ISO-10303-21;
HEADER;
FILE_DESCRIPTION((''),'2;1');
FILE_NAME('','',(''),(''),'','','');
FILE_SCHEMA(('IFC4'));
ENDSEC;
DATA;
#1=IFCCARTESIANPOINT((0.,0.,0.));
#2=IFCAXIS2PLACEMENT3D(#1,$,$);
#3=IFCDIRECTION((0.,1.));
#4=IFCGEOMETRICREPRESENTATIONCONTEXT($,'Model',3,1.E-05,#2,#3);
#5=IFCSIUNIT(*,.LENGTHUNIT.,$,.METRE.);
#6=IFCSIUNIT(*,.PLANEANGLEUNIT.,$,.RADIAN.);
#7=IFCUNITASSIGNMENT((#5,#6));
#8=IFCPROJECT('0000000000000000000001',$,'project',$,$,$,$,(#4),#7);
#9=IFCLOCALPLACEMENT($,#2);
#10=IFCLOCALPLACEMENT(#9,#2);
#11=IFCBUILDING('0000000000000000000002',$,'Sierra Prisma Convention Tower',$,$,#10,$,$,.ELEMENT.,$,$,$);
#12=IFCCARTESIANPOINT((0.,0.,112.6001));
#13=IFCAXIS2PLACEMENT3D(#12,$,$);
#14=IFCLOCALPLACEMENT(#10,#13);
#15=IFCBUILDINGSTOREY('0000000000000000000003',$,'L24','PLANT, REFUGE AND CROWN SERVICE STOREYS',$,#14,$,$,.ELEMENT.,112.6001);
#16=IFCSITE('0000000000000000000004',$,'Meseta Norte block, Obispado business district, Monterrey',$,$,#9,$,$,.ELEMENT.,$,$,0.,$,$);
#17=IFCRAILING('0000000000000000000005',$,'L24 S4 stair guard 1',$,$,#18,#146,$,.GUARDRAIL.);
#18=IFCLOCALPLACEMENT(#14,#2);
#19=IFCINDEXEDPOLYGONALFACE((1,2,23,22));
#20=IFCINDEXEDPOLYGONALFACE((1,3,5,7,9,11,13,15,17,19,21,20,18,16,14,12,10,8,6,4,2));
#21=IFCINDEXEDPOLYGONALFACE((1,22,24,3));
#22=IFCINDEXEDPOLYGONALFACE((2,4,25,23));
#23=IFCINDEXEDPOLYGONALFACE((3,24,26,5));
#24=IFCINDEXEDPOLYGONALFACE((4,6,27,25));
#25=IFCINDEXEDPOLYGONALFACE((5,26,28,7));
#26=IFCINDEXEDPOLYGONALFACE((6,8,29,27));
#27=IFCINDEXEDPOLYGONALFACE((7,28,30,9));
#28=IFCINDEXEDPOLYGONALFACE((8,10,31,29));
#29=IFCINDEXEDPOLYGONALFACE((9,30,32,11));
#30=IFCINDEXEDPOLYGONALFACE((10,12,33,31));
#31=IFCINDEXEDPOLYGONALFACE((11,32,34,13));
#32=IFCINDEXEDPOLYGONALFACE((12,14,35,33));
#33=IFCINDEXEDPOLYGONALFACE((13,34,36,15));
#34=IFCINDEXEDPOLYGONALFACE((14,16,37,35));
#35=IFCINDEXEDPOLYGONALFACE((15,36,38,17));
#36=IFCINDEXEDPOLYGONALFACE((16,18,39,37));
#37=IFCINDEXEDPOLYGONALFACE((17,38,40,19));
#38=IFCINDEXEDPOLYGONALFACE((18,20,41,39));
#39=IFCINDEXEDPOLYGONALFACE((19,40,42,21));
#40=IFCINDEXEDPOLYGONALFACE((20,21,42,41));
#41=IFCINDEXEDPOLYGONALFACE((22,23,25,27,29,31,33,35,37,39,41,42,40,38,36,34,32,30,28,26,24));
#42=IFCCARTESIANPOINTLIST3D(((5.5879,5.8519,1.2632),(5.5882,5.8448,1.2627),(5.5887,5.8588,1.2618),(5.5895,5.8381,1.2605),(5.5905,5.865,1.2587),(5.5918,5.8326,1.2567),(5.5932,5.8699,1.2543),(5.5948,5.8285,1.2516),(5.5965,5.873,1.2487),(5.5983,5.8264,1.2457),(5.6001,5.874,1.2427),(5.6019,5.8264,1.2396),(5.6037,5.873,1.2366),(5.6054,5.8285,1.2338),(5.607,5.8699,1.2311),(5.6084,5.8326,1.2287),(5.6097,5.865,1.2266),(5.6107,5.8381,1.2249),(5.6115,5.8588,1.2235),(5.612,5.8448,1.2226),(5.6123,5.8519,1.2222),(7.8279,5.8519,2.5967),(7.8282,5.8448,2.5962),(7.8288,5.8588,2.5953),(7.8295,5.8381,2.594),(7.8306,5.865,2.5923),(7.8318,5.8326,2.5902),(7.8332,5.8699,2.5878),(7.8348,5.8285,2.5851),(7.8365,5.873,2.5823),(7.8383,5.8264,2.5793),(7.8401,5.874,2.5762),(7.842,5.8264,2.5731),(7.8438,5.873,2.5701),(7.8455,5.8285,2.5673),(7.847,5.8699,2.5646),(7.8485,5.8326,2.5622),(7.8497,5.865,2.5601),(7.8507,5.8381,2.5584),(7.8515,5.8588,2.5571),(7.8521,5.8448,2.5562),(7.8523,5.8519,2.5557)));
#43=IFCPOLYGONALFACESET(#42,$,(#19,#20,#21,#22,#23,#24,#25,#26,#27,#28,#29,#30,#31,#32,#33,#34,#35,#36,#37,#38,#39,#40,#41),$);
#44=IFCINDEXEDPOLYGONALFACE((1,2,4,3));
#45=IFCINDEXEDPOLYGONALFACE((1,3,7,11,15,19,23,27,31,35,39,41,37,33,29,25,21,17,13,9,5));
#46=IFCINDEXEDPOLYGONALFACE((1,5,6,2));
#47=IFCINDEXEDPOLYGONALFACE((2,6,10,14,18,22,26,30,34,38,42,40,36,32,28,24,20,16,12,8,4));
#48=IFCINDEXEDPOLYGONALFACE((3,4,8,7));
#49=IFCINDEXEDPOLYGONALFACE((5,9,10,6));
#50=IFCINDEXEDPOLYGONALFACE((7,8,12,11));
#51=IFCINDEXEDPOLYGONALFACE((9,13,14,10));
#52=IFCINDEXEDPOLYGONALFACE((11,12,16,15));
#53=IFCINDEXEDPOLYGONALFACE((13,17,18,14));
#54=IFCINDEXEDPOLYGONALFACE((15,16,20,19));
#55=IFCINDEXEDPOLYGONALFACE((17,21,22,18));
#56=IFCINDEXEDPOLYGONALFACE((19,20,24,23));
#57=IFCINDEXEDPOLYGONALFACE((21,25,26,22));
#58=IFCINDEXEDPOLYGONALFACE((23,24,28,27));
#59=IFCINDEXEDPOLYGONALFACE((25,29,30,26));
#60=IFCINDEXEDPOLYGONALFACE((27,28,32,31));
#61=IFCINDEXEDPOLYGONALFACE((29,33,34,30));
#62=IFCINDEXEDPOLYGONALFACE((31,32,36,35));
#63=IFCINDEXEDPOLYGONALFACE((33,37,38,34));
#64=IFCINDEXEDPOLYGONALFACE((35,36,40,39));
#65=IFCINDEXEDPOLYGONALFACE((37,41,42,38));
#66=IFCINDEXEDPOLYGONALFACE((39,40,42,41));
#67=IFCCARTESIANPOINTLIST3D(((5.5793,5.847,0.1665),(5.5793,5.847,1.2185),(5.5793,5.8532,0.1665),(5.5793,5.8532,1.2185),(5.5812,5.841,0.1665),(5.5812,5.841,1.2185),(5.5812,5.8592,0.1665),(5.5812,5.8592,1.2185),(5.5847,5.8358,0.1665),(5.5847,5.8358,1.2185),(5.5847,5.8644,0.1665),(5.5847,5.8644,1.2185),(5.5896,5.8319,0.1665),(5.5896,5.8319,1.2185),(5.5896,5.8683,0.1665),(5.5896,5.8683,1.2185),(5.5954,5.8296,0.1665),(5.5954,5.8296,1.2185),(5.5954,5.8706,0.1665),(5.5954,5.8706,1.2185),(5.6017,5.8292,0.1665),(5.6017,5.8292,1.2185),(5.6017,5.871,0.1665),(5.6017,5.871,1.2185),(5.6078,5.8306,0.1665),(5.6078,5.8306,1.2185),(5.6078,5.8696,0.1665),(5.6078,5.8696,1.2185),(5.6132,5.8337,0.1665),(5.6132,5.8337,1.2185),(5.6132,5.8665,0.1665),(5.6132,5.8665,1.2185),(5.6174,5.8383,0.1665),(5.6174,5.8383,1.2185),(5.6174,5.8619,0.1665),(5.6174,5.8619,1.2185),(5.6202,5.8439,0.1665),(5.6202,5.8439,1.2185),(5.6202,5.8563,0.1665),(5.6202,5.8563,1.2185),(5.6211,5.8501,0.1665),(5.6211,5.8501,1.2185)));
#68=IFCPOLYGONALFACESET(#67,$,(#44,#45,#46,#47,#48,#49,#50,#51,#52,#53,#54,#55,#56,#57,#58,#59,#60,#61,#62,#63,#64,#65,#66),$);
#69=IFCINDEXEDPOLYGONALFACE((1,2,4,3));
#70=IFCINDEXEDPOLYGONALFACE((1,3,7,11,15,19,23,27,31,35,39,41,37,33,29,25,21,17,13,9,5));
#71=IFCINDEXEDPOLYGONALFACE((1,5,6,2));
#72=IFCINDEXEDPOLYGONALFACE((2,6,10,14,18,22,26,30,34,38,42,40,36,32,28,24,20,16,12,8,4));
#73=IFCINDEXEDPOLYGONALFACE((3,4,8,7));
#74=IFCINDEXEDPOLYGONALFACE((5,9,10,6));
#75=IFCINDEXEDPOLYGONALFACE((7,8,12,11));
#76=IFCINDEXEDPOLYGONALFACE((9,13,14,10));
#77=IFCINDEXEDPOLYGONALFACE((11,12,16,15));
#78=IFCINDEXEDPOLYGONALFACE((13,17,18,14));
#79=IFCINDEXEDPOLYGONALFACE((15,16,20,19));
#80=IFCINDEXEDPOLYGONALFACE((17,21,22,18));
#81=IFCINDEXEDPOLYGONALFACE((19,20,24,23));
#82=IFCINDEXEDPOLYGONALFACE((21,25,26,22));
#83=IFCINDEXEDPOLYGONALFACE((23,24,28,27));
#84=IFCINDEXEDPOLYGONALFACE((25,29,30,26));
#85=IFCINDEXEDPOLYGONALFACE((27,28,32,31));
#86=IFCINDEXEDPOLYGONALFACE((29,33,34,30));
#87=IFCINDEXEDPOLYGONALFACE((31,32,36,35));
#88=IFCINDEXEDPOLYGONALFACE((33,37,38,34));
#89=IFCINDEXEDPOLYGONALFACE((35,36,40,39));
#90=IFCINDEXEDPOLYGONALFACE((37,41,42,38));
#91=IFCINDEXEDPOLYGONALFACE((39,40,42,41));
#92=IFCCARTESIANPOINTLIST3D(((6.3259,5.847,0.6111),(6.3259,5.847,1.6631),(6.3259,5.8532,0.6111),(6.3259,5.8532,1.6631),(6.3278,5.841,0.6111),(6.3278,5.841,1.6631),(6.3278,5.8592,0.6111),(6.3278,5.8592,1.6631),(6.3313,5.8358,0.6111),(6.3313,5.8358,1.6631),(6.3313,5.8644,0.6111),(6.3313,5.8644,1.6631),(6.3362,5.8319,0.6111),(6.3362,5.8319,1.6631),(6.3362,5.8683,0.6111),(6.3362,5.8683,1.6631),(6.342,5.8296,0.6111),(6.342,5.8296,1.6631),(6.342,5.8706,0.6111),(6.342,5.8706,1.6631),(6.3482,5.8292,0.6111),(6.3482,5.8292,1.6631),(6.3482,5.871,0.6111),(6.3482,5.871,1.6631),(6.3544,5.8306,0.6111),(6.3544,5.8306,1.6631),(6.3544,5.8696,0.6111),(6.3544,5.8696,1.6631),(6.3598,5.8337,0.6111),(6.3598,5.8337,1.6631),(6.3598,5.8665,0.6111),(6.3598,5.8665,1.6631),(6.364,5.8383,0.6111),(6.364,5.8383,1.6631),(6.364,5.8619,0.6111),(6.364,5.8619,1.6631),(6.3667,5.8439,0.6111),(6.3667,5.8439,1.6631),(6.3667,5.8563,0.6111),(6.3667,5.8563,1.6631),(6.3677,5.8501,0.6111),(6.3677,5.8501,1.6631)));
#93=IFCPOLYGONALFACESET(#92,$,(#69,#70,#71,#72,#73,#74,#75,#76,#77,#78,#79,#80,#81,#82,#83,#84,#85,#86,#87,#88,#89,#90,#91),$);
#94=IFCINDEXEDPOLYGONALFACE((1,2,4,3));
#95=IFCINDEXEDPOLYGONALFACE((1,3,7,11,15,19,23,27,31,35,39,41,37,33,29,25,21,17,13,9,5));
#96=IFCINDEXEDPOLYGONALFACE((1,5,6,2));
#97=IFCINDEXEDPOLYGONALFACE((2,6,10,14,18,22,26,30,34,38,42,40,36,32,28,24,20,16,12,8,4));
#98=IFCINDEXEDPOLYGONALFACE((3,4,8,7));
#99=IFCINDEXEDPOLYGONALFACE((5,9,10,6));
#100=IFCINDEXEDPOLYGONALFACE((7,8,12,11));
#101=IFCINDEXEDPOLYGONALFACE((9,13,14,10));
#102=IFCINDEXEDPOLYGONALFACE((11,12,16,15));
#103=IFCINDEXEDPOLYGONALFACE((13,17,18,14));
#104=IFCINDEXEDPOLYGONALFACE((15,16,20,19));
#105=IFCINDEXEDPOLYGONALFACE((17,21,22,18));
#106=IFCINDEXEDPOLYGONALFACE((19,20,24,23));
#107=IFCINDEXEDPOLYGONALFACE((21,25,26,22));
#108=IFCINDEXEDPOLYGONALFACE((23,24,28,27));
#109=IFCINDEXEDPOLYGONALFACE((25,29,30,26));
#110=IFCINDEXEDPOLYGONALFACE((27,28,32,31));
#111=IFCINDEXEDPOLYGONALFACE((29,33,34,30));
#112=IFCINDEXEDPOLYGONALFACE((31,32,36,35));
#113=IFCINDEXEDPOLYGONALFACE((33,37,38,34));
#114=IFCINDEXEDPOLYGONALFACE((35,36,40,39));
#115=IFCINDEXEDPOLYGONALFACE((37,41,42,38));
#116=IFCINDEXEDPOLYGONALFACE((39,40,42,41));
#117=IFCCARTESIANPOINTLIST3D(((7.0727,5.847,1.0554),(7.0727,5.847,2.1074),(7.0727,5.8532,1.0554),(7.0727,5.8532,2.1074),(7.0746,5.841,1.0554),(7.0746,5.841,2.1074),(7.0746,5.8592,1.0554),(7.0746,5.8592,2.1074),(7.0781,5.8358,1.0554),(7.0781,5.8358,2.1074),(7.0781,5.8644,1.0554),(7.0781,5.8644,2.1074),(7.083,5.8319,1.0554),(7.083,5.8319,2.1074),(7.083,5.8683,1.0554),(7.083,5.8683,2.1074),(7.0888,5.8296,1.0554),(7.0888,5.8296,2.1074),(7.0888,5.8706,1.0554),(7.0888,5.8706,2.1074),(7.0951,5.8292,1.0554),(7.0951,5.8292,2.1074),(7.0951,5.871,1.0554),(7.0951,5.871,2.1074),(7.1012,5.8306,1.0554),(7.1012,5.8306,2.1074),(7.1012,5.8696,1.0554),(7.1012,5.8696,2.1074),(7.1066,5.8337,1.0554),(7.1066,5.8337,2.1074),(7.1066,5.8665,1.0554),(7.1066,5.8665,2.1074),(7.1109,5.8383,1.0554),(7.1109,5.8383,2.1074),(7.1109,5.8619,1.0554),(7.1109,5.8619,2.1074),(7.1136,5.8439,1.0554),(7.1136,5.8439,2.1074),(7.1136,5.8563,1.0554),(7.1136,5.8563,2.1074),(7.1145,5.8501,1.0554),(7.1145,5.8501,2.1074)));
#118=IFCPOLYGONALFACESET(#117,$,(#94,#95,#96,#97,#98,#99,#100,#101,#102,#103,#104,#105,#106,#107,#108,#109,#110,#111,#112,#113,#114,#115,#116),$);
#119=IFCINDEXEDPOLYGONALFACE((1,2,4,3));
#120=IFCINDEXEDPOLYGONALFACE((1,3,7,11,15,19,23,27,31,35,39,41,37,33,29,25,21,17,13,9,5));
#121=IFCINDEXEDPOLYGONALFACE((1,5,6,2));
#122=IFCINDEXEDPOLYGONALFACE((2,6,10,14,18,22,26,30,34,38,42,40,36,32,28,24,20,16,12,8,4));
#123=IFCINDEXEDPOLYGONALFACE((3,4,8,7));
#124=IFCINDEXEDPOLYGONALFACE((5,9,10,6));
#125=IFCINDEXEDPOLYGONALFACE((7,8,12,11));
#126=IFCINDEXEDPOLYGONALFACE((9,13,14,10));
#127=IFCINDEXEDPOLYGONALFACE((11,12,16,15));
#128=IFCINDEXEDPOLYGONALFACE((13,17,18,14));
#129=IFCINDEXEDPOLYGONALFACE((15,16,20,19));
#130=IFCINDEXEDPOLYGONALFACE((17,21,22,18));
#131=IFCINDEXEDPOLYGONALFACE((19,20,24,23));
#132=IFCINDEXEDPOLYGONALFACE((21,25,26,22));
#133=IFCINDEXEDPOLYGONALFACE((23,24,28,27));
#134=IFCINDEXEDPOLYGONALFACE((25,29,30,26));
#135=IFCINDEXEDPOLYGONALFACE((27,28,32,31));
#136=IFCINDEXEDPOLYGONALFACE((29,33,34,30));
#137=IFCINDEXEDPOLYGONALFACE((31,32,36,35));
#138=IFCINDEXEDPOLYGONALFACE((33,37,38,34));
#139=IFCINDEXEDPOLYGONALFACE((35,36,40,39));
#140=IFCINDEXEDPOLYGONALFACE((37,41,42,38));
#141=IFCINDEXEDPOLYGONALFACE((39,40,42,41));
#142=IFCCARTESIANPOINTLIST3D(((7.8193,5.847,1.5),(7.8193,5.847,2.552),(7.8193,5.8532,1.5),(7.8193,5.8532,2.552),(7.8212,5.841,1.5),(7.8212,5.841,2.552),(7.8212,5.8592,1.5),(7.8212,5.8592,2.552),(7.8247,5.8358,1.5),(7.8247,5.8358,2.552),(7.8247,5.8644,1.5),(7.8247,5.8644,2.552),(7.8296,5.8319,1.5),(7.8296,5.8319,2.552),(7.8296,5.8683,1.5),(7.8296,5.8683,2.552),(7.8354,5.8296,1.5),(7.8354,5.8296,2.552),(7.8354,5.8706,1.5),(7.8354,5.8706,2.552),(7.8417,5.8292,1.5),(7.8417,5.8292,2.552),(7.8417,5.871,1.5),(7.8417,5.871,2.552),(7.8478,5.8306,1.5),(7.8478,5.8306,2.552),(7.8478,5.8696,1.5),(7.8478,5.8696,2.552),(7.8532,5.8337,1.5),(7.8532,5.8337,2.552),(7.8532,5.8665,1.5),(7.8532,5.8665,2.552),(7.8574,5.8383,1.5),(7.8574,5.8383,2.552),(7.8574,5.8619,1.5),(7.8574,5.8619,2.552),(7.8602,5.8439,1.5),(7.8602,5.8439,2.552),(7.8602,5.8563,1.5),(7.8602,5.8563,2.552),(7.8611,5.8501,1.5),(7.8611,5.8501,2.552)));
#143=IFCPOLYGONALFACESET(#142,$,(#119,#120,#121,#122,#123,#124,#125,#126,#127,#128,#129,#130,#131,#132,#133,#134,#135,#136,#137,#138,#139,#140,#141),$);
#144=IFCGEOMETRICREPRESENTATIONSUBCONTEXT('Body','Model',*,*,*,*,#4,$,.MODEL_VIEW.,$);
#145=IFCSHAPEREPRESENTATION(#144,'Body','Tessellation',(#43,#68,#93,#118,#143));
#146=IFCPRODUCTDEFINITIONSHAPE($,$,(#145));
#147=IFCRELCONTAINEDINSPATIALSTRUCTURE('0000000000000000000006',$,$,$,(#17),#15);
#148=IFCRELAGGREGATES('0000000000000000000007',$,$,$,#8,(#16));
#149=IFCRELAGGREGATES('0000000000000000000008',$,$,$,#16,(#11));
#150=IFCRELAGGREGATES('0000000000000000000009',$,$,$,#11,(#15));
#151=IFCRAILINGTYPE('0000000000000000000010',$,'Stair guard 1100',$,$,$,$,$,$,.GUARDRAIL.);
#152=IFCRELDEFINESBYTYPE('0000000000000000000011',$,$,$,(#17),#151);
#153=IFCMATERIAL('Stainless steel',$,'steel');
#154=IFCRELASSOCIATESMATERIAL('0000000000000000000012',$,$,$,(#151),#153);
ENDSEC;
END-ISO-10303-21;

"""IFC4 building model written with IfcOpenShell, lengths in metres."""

from ifc_helpers import new_model, si_unit, direction, frame, origin, origin_2d, place, context, subcontext, project, spatial, circle, extrude, material, type_object, element, save


model = new_model("IFC4")

# Units and contexts
model_context = context("Model", 3, precision=1e-05, world=origin(), true_north=direction((0.0, 1.0)))
body_context = subcontext(model_context, "Body", "Model", "MODEL_VIEW")
ifc_project = project(units=[si_unit("LENGTHUNIT", "METRE"), si_unit("PLANEANGLEUNIT", "RADIAN")], contexts=[model_context])

# Site, building, storey
site_placement = place(None, origin())
site = spatial("IfcSite", under=ifc_project, at=site_placement, Name="Meseta Norte block, Obispado business district, Monterrey", CompositionType="ELEMENT", RefElevation=0.0)
building_placement = place(site_placement, origin())
building = spatial("IfcBuilding", under=site, at=building_placement, Name="Sierra Prisma Convention Tower", CompositionType="ELEMENT")
storey_placement = place(building_placement, frame((0.0, 0.0, 112.6001)))
storey = spatial("IfcBuildingStorey", under=building, at=storey_placement, Name="L24", Description="PLANT, REFUGE AND CROWN SERVICE STOREYS", CompositionType="ELEMENT", Elevation=112.6001)

# Railing
ifc_material_1 = material(Name="Stainless steel", Category="steel")
railing_type_1 = type_object("IfcRailingType", Name="Stair guard 1100", PredefinedType="GUARDRAIL", material=ifc_material_1)
railing_1_placement = place(storey_placement, frame((5.6001, 5.8501, 0.1665)))
element("IfcRailing", 1, at=railing_1_placement, inside=storey, type_object=railing_type_1, Name="L24 S4 stair guard 1", PredefinedType="GUARDRAIL", context=body_context, shape_type="SweptSolid", body=[
    extrude(circle(Radius=0.0239, at=origin_2d()), frame((0.0, 0.0, 1.0762), z_axis=(0.859264, 0.0, 0.511532), x_axis=(0.0, 1.0, 0.0)), (0.0, 0.0, 1.0), 2.6069),
    extrude(circle(Radius=0.021, at=origin_2d()), origin(), (0.0, 0.0, 1.0), 1.052),
    extrude(circle(Radius=0.021, at=origin_2d()), frame((0.7466, 0.0, 0.4446)), (0.0, 0.0, 1.0), 1.052),
    extrude(circle(Radius=0.021, at=origin_2d()), frame((1.4934, 0.0, 0.8889)), (0.0, 0.0, 1.0), 1.052),
    extrude(circle(Radius=0.021, at=origin_2d()), frame((2.24, 0.0, 1.3335)), (0.0, 0.0, 1.0), 1.052),
])

save(model, "model.ifc")
